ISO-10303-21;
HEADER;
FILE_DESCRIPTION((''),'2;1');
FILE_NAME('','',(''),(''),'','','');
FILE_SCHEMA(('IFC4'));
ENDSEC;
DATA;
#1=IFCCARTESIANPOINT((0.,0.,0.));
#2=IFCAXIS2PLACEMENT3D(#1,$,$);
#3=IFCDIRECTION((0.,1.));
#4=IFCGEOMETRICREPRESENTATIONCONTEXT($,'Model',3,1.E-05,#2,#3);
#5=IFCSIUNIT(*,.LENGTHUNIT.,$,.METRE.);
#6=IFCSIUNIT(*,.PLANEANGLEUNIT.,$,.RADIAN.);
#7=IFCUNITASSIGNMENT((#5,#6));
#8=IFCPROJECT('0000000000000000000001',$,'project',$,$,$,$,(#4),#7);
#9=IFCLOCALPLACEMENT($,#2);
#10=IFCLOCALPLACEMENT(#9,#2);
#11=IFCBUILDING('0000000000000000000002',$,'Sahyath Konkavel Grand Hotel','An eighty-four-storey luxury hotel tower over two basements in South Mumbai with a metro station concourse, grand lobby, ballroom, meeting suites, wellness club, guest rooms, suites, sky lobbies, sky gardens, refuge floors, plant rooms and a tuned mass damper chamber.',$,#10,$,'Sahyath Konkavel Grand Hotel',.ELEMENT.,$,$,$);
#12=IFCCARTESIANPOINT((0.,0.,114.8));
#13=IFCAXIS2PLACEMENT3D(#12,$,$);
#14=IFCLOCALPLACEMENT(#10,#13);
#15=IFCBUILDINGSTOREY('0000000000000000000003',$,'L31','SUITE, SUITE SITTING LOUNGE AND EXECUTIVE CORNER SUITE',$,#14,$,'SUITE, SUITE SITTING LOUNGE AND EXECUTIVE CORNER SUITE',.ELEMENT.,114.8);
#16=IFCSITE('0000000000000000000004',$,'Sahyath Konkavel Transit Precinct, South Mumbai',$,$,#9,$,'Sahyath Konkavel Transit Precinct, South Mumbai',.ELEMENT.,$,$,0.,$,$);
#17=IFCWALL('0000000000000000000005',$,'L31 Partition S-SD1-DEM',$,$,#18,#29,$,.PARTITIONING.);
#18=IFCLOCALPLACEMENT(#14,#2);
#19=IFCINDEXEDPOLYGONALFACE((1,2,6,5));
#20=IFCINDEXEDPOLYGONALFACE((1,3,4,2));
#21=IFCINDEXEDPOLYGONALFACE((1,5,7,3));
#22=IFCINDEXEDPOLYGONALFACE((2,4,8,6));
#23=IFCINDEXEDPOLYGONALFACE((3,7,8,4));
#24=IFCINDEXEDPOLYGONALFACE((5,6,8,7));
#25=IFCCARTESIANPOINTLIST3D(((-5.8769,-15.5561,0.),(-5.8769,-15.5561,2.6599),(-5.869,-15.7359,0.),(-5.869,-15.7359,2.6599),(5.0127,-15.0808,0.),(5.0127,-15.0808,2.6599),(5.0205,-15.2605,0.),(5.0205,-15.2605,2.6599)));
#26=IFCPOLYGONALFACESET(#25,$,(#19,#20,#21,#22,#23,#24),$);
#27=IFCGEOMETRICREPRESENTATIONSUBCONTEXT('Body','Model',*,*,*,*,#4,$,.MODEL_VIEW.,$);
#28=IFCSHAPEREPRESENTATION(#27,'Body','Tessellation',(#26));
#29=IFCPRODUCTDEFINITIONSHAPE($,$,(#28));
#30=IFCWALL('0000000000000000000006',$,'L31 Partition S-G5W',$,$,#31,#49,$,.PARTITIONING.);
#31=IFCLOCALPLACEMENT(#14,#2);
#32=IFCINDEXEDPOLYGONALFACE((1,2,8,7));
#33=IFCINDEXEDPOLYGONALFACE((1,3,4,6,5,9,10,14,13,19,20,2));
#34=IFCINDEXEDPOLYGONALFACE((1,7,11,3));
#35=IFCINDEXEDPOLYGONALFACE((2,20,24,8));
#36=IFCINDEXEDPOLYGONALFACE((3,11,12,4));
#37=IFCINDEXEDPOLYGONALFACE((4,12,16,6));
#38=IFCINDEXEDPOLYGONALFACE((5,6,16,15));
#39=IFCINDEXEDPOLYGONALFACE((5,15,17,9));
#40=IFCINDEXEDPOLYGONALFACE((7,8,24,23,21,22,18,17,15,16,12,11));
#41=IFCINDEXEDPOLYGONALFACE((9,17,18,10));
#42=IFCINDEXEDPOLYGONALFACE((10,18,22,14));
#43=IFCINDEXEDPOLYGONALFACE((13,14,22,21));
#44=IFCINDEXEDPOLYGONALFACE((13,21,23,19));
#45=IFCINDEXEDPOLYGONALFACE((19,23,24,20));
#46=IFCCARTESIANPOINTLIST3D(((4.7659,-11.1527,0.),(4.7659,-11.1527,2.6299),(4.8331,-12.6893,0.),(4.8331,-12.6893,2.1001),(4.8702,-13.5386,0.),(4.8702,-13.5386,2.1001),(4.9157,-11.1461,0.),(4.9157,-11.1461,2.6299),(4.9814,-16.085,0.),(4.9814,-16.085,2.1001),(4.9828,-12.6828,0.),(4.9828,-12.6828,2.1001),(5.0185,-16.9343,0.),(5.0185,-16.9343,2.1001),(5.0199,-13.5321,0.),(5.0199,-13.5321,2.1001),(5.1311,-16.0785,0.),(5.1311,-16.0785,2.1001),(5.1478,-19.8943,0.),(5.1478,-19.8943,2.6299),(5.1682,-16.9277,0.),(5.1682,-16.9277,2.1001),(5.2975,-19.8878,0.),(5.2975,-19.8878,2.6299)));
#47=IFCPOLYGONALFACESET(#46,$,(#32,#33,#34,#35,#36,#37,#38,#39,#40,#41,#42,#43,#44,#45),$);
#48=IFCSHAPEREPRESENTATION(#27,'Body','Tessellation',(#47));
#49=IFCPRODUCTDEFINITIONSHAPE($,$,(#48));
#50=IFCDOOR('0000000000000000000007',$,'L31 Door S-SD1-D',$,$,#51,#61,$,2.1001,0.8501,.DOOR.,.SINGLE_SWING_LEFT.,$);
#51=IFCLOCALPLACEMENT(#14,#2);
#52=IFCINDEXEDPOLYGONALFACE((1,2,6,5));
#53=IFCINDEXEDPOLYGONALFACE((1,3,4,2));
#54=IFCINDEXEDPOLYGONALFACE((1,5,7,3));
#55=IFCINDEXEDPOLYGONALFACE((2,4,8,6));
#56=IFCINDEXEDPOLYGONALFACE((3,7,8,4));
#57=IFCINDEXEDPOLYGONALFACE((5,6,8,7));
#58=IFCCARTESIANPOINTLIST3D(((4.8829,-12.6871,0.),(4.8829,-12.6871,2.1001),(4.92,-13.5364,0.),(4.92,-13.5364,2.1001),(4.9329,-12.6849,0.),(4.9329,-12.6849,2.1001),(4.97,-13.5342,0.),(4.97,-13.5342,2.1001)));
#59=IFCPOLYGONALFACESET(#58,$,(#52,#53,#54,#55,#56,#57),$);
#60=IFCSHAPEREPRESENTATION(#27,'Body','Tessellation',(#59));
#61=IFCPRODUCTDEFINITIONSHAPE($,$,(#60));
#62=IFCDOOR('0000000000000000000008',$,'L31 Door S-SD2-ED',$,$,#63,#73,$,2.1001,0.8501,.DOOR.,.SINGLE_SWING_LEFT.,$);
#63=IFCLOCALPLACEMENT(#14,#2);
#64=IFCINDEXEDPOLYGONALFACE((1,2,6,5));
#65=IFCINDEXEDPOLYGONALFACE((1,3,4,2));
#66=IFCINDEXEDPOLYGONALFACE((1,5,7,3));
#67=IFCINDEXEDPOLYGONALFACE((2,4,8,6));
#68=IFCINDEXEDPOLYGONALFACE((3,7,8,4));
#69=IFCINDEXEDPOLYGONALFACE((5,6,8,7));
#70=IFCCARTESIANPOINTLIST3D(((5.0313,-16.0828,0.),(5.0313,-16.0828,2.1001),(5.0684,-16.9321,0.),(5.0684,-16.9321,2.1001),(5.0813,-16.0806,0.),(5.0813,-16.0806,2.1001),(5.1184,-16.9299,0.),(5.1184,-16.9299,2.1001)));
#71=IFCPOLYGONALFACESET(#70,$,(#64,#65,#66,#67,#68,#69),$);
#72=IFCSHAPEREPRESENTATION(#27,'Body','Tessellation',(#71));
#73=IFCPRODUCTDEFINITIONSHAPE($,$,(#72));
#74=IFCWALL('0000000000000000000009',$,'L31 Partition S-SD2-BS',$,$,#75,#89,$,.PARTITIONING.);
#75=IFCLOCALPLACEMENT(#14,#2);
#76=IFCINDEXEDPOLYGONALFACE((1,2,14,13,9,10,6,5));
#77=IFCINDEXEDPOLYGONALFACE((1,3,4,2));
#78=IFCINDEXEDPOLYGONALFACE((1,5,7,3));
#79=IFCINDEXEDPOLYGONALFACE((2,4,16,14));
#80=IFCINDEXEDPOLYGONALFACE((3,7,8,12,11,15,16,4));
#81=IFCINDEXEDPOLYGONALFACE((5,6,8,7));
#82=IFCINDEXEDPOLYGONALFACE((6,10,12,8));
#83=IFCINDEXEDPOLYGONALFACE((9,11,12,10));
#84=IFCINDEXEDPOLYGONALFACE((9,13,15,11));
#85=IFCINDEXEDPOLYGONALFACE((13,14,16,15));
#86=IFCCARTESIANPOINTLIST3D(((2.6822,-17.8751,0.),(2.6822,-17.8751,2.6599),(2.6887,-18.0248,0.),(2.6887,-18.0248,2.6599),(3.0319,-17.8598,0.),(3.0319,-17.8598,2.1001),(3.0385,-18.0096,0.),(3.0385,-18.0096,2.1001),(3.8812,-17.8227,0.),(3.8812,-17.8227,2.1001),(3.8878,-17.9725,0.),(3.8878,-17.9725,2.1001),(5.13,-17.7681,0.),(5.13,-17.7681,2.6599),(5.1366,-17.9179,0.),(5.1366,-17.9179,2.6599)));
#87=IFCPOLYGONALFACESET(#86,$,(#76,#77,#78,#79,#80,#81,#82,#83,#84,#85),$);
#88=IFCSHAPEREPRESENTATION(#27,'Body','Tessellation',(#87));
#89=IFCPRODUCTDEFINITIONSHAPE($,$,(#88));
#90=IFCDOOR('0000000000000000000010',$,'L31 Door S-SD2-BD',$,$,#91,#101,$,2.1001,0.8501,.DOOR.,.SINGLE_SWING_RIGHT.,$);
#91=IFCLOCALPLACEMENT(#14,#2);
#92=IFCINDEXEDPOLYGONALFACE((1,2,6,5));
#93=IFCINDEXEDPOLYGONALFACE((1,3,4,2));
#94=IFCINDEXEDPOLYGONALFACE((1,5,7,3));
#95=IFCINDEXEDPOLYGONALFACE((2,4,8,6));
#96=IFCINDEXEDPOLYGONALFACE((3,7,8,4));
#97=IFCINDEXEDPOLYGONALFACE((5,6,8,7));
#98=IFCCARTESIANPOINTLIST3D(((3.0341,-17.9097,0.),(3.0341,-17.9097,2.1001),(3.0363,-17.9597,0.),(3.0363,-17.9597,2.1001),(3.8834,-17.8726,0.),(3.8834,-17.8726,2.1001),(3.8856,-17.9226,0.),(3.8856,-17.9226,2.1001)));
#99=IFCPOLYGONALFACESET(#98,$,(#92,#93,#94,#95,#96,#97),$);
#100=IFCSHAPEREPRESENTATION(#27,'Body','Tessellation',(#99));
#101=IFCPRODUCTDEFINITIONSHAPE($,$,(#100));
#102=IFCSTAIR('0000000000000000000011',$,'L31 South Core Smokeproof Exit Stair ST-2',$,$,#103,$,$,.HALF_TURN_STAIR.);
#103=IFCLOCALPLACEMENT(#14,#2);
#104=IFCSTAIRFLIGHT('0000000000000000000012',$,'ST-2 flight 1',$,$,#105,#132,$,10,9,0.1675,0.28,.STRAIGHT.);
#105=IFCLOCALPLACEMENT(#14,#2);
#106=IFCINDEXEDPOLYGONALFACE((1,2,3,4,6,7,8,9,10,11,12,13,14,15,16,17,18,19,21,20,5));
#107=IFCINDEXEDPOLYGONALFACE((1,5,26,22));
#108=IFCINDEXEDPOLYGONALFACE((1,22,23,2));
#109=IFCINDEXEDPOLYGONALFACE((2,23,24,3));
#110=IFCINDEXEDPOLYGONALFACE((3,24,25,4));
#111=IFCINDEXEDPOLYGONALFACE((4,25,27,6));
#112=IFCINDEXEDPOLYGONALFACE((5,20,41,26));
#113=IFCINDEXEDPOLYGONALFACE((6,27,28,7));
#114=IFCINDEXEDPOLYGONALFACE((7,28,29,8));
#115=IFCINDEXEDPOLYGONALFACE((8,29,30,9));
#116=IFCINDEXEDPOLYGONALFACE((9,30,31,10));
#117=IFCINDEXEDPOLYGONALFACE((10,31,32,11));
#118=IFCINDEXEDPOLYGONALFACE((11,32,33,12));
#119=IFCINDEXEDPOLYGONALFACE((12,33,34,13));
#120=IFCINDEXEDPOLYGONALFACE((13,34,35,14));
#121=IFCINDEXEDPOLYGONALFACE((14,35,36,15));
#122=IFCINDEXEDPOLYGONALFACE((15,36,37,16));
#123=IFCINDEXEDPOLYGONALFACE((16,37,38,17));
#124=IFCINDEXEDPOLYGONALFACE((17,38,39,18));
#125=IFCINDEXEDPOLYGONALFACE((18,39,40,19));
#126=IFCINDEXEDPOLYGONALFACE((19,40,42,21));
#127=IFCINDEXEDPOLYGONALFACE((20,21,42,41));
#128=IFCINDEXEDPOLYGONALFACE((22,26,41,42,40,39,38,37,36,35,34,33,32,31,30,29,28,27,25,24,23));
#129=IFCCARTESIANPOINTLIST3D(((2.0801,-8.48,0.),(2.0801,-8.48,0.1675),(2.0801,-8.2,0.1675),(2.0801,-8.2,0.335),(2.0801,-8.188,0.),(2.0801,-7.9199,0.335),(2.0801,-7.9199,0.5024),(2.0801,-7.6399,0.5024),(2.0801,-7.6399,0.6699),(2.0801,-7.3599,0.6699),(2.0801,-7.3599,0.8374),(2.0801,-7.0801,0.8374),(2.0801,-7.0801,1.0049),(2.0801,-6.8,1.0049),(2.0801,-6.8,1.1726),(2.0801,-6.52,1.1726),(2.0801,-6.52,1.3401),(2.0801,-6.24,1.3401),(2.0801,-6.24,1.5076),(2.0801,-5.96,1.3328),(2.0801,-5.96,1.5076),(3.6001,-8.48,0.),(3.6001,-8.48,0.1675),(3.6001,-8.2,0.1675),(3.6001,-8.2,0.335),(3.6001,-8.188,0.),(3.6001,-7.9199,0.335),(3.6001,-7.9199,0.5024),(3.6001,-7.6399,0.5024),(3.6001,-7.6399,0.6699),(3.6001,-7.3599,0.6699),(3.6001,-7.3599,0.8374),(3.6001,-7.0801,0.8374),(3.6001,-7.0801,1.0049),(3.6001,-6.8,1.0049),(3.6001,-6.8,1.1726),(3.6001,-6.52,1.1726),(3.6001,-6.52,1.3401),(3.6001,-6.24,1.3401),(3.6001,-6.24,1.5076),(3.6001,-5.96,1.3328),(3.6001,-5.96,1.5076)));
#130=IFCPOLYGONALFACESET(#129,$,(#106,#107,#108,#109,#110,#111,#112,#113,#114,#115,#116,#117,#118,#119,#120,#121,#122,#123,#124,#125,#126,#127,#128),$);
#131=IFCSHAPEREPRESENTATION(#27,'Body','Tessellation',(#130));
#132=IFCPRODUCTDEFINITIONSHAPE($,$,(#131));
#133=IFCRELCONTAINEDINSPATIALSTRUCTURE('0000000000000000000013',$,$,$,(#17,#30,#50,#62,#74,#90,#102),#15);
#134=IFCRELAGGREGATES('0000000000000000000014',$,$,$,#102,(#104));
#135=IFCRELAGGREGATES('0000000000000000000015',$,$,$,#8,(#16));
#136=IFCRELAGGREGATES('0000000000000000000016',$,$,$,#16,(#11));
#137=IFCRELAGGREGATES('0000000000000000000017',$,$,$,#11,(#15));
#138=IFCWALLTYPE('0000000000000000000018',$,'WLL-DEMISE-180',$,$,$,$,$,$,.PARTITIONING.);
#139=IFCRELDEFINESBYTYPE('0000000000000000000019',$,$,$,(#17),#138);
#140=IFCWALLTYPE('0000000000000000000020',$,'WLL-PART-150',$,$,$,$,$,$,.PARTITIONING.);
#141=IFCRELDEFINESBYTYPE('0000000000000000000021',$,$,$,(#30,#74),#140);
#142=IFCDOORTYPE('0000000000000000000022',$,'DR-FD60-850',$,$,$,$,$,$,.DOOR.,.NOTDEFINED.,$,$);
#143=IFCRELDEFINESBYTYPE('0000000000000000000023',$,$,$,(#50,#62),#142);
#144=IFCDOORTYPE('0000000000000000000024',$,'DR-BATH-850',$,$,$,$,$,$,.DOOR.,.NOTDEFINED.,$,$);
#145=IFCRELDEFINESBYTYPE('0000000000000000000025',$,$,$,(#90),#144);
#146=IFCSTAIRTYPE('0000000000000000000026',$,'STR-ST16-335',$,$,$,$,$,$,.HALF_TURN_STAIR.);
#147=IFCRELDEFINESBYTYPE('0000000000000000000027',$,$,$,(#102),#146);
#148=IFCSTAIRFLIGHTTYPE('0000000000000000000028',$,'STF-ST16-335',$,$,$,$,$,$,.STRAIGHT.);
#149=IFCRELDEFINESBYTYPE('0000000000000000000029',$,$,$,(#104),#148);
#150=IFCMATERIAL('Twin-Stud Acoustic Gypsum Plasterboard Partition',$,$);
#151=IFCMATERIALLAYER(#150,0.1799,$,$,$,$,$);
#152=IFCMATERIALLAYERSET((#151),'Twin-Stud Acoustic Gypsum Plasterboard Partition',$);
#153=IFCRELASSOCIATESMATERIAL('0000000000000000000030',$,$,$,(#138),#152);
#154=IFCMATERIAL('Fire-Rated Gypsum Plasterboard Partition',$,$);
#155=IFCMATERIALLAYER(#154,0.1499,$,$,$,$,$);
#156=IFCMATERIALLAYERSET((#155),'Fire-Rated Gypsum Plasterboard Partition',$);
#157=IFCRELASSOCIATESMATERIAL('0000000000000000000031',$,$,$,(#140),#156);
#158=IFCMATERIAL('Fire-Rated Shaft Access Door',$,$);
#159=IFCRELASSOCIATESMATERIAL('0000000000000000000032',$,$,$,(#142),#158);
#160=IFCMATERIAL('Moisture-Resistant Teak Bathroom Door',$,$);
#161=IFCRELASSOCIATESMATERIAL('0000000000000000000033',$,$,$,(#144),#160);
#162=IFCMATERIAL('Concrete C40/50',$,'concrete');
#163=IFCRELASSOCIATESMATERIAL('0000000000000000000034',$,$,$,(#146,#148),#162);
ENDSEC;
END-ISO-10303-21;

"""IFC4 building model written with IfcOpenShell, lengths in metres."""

from ifc_helpers import new_model, si_unit, direction, frame, frame_2d, origin, origin_2d, place, context, subcontext, project, spatial, polyline, rectangle, outline, extrude, source, transform, mapped, material, layer, layer_set, type_object, element, fill, aggregate, save


model = new_model("IFC4")

# Units and contexts
model_context = context("Model", 3, precision=1e-05, world=origin(), true_north=direction((0.0, 1.0)))
body_context = subcontext(model_context, "Body", "Model", "MODEL_VIEW")
ifc_project = project(units=[si_unit("LENGTHUNIT", "METRE"), si_unit("PLANEANGLEUNIT", "RADIAN")], contexts=[model_context])

# Site, building, storey
site_placement = place(None, origin())
site = spatial("IfcSite", under=ifc_project, at=site_placement, Name="Sahyath Konkavel Transit Precinct, South Mumbai", LongName="Sahyath Konkavel Transit Precinct, South Mumbai", CompositionType="ELEMENT", RefElevation=0.0)
building_placement = place(site_placement, origin())
building = spatial("IfcBuilding", under=site, at=building_placement, Name="Sahyath Konkavel Grand Hotel", Description="An eighty-four-storey luxury hotel tower over two basements in South Mumbai with a metro station concourse, grand lobby, ballroom, meeting suites, wellness club, guest rooms, suites, sky lobbies, sky gardens, refuge floors, plant rooms and a tuned mass damper chamber.", LongName="Sahyath Konkavel Grand Hotel", CompositionType="ELEMENT")
storey_placement = place(building_placement, frame((0.0, 0.0, 114.8)))
storey = spatial("IfcBuildingStorey", under=building, at=storey_placement, Name="L31", Description="SUITE, SUITE SITTING LOUNGE AND EXECUTIVE CORNER SUITE", LongName="SUITE, SUITE SITTING LOUNGE AND EXECUTIVE CORNER SUITE", CompositionType="ELEMENT", Elevation=114.8)

# Shared definitions
ifc_material_1 = material(Name="Concrete C40/50", Category="concrete")

# Wall
ifc_material_2 = material(Name="Twin-Stud Acoustic Gypsum Plasterboard Partition")
ifc_layer_1 = layer(ifc_material_2, 0.1799)
ifc_layer_set_1 = layer_set([ifc_layer_1], Name="Twin-Stud Acoustic Gypsum Plasterboard Partition")
wall_type_1 = type_object("IfcWallType", Name="WLL-DEMISE-180", PredefinedType="PARTITIONING", material=ifc_layer_set_1)
wall_1_placement = place(storey_placement, frame((5.0166, -15.1707, 0.0), z_axis=(0.0, 0.0, 1.0), x_axis=(-0.999049, -0.043609, 0.0)))
element("IfcWall", 1, at=wall_1_placement, inside=storey, type_object=wall_type_1, Name="L31 Partition S-SD1-DEM", PredefinedType="PARTITIONING", context=body_context, shape_type="SweptSolid", body=[
    extrude(rectangle(XDim=10.8999, YDim=0.1799, at=frame_2d((5.45, 0.0))), origin(), (0.0, 0.0, 1.0), 2.6599),
])

# Wall, openings, doors
ifc_material_3 = material(Name="Fire-Rated Gypsum Plasterboard Partition")
ifc_layer_2 = layer(ifc_material_3, 0.1499)
ifc_layer_set_2 = layer_set([ifc_layer_2], Name="Fire-Rated Gypsum Plasterboard Partition")
wall_type_2 = type_object("IfcWallType", Name="WLL-PART-150", PredefinedType="PARTITIONING", material=ifc_layer_set_2)
wall_2_placement = place(storey_placement, frame((4.8408, -11.1494, 0.0), z_axis=(0.0, 0.0, 1.0), x_axis=(0.043638, -0.999047, 0.0)))
wall_2 = element("IfcWall", 2, at=wall_2_placement, inside=storey, type_object=wall_type_2, Name="L31 Partition S-G5W", PredefinedType="PARTITIONING", context=body_context, shape_type="SweptSolid", body=[
    extrude(rectangle(XDim=8.75, YDim=0.1499, at=frame_2d((4.375, 0.0))), origin(), (0.0, 0.0, 1.0), 2.6299),
])
opening_1_placement = place(wall_2_placement, frame((1.5381, 0.0, 0.0)))
opening_1 = element("IfcOpeningElement", 3, at=opening_1_placement, cuts=wall_2, PredefinedType="OPENING", context=body_context, shape_type="SweptSolid", body=[
    extrude(rectangle(XDim=0.8501, YDim=2.1001, at=frame_2d((0.425, 1.05))), frame((0.0, 0.085, 0.0), z_axis=(0.0, -1.0, 0.0), x_axis=(1.0, 0.0, 0.0)), (0.0, 0.0, 1.0), 0.1699),
])
opening_2_placement = place(wall_2_placement, frame((4.937, 0.0, 0.0)))
opening_2 = element("IfcOpeningElement", 4, at=opening_2_placement, cuts=wall_2, PredefinedType="OPENING", context=body_context, shape_type="SweptSolid", body=[
    extrude(rectangle(XDim=0.8501, YDim=2.1001, at=frame_2d((0.425, 1.05))), frame((0.0, 0.085, 0.0), z_axis=(0.0, -1.0, 0.0), x_axis=(1.0, 0.0, 0.0)), (0.0, 0.0, 1.0), 0.1699),
])
ifc_material_4 = material(Name="Fire-Rated Shaft Access Door")
door_type_1 = type_object("IfcDoorType", Name="DR-FD60-850", OperationType="NOTDEFINED", PredefinedType="DOOR", material=ifc_material_4)
shared_shape_1 = source(origin(), body_context, "Body", "SweptSolid", [
    extrude(rectangle(XDim=0.8501, YDim=0.05, at=origin_2d()), origin(), (0.0, 0.0, 1.0), 2.1001),
])
door_1_placement = place(opening_1_placement, frame((0.425, 0.0, 0.0)))
door_1 = element("IfcDoor", 5, at=door_1_placement, inside=storey, type_object=door_type_1, Name="L31 Door S-SD1-D", OperationType="SINGLE_SWING_LEFT", OverallHeight=2.1001, OverallWidth=0.8501, PredefinedType="DOOR", context=body_context, shape_type="MappedRepresentation", body=[
    mapped(shared_shape_1, transform((0.0, 0.0, 0.0), scale=1.0)),
])
fill(opening_1, door_1)
door_2_placement = place(opening_2_placement, frame((0.425, 0.0, 0.0)))
door_2 = element("IfcDoor", 6, at=door_2_placement, inside=storey, type_object=door_type_1, Name="L31 Door S-SD2-ED", OperationType="SINGLE_SWING_LEFT", OverallHeight=2.1001, OverallWidth=0.8501, PredefinedType="DOOR", context=body_context, shape_type="MappedRepresentation", body=[
    mapped(shared_shape_1, transform((0.0, 0.0, 0.0), scale=1.0)),
])
fill(opening_2, door_2)

# Wall, opening, door
wall_3_placement = place(storey_placement, frame((5.1333, -17.843, 0.0), z_axis=(0.0, 0.0, 1.0), x_axis=(-0.999047, -0.043645, 0.0)))
wall_3 = element("IfcWall", 7, at=wall_3_placement, inside=storey, type_object=wall_type_2, Name="L31 Partition S-SD2-BS", PredefinedType="PARTITIONING", context=body_context, shape_type="SweptSolid", body=[
    extrude(rectangle(XDim=2.4502, YDim=0.1499, at=frame_2d((1.2251, 0.0))), origin(), (0.0, 0.0, 1.0), 2.6599),
])
opening_3_placement = place(wall_3_placement, frame((1.25, 0.0, 0.0)))
opening_3 = element("IfcOpeningElement", 8, at=opening_3_placement, cuts=wall_3, PredefinedType="OPENING", context=body_context, shape_type="SweptSolid", body=[
    extrude(rectangle(XDim=0.8501, YDim=2.1001, at=frame_2d((0.425, 1.05))), frame((0.0, 0.085, 0.0), z_axis=(0.0, -1.0, 0.0), x_axis=(1.0, 0.0, 0.0)), (0.0, 0.0, 1.0), 0.1699),
])
ifc_material_5 = material(Name="Moisture-Resistant Teak Bathroom Door")
door_type_2 = type_object("IfcDoorType", Name="DR-BATH-850", OperationType="NOTDEFINED", PredefinedType="DOOR", material=ifc_material_5)
door_3_placement = place(opening_3_placement, frame((0.425, 0.0, 0.0)))
door_3 = element("IfcDoor", 9, at=door_3_placement, inside=storey, type_object=door_type_2, Name="L31 Door S-SD2-BD", OperationType="SINGLE_SWING_RIGHT", OverallHeight=2.1001, OverallWidth=0.8501, PredefinedType="DOOR", context=body_context, shape_type="MappedRepresentation", body=[
    mapped(shared_shape_1, transform((0.0, 0.0, 0.0), scale=1.0)),
])
fill(opening_3, door_3)

# Stair, stair flight
stair_type = type_object("IfcStairType", Name="STR-ST16-335", PredefinedType="HALF_TURN_STAIR", material=ifc_material_1)
stair_placement = place(storey_placement, origin())
stair = element("IfcStair", 10, at=stair_placement, inside=storey, type_object=stair_type, Name="L31 South Core Smokeproof Exit Stair ST-2", PredefinedType="HALF_TURN_STAIR")
stair_flight_type = type_object("IfcStairFlightType", Name="STF-ST16-335", PredefinedType="STRAIGHT", material=ifc_material_1)
stair_flight_placement = place(storey_placement, frame((2.8401, -8.48, 0.0), z_axis=(0.0, 0.0, 1.0), x_axis=(0.0, 1.0, 0.0)))
stair_flight = element("IfcStairFlight", 11, at=stair_flight_placement, type_object=stair_flight_type, Name="ST-2 flight 1", NumberOfRisers=10, NumberOfTreads=9, PredefinedType="STRAIGHT", RiserHeight=0.1675, TreadLength=0.28, context=body_context, shape_type="SweptSolid", body=[
    extrude(outline(polyline([(0.0, 0.0), (0.0, 0.1675), (0.28, 0.1675), (0.28, 0.335), (0.5601, 0.335), (0.5601, 0.5024), (0.8401, 0.5024), (0.8401, 0.6699), (1.1201, 0.6699), (1.1201, 0.8374), (1.3999, 0.8374), (1.3999, 1.0049), (1.6799, 1.0049), (1.6799, 1.1726), (1.96, 1.1726), (1.96, 1.3401), (2.24, 1.3401), (2.24, 1.5076), (2.52, 1.5076), (2.52, 1.675), (2.52, 1.3328), (0.292, 0.0), (0.0, 0.0)])), frame((0.0, 0.76, 0.0), z_axis=(0.0, -1.0, 0.0), x_axis=(1.0, 0.0, 0.0)), (0.0, 0.0, 1.0), 1.52),
])
aggregate(stair, [stair_flight])

save(model, "model.ifc")
